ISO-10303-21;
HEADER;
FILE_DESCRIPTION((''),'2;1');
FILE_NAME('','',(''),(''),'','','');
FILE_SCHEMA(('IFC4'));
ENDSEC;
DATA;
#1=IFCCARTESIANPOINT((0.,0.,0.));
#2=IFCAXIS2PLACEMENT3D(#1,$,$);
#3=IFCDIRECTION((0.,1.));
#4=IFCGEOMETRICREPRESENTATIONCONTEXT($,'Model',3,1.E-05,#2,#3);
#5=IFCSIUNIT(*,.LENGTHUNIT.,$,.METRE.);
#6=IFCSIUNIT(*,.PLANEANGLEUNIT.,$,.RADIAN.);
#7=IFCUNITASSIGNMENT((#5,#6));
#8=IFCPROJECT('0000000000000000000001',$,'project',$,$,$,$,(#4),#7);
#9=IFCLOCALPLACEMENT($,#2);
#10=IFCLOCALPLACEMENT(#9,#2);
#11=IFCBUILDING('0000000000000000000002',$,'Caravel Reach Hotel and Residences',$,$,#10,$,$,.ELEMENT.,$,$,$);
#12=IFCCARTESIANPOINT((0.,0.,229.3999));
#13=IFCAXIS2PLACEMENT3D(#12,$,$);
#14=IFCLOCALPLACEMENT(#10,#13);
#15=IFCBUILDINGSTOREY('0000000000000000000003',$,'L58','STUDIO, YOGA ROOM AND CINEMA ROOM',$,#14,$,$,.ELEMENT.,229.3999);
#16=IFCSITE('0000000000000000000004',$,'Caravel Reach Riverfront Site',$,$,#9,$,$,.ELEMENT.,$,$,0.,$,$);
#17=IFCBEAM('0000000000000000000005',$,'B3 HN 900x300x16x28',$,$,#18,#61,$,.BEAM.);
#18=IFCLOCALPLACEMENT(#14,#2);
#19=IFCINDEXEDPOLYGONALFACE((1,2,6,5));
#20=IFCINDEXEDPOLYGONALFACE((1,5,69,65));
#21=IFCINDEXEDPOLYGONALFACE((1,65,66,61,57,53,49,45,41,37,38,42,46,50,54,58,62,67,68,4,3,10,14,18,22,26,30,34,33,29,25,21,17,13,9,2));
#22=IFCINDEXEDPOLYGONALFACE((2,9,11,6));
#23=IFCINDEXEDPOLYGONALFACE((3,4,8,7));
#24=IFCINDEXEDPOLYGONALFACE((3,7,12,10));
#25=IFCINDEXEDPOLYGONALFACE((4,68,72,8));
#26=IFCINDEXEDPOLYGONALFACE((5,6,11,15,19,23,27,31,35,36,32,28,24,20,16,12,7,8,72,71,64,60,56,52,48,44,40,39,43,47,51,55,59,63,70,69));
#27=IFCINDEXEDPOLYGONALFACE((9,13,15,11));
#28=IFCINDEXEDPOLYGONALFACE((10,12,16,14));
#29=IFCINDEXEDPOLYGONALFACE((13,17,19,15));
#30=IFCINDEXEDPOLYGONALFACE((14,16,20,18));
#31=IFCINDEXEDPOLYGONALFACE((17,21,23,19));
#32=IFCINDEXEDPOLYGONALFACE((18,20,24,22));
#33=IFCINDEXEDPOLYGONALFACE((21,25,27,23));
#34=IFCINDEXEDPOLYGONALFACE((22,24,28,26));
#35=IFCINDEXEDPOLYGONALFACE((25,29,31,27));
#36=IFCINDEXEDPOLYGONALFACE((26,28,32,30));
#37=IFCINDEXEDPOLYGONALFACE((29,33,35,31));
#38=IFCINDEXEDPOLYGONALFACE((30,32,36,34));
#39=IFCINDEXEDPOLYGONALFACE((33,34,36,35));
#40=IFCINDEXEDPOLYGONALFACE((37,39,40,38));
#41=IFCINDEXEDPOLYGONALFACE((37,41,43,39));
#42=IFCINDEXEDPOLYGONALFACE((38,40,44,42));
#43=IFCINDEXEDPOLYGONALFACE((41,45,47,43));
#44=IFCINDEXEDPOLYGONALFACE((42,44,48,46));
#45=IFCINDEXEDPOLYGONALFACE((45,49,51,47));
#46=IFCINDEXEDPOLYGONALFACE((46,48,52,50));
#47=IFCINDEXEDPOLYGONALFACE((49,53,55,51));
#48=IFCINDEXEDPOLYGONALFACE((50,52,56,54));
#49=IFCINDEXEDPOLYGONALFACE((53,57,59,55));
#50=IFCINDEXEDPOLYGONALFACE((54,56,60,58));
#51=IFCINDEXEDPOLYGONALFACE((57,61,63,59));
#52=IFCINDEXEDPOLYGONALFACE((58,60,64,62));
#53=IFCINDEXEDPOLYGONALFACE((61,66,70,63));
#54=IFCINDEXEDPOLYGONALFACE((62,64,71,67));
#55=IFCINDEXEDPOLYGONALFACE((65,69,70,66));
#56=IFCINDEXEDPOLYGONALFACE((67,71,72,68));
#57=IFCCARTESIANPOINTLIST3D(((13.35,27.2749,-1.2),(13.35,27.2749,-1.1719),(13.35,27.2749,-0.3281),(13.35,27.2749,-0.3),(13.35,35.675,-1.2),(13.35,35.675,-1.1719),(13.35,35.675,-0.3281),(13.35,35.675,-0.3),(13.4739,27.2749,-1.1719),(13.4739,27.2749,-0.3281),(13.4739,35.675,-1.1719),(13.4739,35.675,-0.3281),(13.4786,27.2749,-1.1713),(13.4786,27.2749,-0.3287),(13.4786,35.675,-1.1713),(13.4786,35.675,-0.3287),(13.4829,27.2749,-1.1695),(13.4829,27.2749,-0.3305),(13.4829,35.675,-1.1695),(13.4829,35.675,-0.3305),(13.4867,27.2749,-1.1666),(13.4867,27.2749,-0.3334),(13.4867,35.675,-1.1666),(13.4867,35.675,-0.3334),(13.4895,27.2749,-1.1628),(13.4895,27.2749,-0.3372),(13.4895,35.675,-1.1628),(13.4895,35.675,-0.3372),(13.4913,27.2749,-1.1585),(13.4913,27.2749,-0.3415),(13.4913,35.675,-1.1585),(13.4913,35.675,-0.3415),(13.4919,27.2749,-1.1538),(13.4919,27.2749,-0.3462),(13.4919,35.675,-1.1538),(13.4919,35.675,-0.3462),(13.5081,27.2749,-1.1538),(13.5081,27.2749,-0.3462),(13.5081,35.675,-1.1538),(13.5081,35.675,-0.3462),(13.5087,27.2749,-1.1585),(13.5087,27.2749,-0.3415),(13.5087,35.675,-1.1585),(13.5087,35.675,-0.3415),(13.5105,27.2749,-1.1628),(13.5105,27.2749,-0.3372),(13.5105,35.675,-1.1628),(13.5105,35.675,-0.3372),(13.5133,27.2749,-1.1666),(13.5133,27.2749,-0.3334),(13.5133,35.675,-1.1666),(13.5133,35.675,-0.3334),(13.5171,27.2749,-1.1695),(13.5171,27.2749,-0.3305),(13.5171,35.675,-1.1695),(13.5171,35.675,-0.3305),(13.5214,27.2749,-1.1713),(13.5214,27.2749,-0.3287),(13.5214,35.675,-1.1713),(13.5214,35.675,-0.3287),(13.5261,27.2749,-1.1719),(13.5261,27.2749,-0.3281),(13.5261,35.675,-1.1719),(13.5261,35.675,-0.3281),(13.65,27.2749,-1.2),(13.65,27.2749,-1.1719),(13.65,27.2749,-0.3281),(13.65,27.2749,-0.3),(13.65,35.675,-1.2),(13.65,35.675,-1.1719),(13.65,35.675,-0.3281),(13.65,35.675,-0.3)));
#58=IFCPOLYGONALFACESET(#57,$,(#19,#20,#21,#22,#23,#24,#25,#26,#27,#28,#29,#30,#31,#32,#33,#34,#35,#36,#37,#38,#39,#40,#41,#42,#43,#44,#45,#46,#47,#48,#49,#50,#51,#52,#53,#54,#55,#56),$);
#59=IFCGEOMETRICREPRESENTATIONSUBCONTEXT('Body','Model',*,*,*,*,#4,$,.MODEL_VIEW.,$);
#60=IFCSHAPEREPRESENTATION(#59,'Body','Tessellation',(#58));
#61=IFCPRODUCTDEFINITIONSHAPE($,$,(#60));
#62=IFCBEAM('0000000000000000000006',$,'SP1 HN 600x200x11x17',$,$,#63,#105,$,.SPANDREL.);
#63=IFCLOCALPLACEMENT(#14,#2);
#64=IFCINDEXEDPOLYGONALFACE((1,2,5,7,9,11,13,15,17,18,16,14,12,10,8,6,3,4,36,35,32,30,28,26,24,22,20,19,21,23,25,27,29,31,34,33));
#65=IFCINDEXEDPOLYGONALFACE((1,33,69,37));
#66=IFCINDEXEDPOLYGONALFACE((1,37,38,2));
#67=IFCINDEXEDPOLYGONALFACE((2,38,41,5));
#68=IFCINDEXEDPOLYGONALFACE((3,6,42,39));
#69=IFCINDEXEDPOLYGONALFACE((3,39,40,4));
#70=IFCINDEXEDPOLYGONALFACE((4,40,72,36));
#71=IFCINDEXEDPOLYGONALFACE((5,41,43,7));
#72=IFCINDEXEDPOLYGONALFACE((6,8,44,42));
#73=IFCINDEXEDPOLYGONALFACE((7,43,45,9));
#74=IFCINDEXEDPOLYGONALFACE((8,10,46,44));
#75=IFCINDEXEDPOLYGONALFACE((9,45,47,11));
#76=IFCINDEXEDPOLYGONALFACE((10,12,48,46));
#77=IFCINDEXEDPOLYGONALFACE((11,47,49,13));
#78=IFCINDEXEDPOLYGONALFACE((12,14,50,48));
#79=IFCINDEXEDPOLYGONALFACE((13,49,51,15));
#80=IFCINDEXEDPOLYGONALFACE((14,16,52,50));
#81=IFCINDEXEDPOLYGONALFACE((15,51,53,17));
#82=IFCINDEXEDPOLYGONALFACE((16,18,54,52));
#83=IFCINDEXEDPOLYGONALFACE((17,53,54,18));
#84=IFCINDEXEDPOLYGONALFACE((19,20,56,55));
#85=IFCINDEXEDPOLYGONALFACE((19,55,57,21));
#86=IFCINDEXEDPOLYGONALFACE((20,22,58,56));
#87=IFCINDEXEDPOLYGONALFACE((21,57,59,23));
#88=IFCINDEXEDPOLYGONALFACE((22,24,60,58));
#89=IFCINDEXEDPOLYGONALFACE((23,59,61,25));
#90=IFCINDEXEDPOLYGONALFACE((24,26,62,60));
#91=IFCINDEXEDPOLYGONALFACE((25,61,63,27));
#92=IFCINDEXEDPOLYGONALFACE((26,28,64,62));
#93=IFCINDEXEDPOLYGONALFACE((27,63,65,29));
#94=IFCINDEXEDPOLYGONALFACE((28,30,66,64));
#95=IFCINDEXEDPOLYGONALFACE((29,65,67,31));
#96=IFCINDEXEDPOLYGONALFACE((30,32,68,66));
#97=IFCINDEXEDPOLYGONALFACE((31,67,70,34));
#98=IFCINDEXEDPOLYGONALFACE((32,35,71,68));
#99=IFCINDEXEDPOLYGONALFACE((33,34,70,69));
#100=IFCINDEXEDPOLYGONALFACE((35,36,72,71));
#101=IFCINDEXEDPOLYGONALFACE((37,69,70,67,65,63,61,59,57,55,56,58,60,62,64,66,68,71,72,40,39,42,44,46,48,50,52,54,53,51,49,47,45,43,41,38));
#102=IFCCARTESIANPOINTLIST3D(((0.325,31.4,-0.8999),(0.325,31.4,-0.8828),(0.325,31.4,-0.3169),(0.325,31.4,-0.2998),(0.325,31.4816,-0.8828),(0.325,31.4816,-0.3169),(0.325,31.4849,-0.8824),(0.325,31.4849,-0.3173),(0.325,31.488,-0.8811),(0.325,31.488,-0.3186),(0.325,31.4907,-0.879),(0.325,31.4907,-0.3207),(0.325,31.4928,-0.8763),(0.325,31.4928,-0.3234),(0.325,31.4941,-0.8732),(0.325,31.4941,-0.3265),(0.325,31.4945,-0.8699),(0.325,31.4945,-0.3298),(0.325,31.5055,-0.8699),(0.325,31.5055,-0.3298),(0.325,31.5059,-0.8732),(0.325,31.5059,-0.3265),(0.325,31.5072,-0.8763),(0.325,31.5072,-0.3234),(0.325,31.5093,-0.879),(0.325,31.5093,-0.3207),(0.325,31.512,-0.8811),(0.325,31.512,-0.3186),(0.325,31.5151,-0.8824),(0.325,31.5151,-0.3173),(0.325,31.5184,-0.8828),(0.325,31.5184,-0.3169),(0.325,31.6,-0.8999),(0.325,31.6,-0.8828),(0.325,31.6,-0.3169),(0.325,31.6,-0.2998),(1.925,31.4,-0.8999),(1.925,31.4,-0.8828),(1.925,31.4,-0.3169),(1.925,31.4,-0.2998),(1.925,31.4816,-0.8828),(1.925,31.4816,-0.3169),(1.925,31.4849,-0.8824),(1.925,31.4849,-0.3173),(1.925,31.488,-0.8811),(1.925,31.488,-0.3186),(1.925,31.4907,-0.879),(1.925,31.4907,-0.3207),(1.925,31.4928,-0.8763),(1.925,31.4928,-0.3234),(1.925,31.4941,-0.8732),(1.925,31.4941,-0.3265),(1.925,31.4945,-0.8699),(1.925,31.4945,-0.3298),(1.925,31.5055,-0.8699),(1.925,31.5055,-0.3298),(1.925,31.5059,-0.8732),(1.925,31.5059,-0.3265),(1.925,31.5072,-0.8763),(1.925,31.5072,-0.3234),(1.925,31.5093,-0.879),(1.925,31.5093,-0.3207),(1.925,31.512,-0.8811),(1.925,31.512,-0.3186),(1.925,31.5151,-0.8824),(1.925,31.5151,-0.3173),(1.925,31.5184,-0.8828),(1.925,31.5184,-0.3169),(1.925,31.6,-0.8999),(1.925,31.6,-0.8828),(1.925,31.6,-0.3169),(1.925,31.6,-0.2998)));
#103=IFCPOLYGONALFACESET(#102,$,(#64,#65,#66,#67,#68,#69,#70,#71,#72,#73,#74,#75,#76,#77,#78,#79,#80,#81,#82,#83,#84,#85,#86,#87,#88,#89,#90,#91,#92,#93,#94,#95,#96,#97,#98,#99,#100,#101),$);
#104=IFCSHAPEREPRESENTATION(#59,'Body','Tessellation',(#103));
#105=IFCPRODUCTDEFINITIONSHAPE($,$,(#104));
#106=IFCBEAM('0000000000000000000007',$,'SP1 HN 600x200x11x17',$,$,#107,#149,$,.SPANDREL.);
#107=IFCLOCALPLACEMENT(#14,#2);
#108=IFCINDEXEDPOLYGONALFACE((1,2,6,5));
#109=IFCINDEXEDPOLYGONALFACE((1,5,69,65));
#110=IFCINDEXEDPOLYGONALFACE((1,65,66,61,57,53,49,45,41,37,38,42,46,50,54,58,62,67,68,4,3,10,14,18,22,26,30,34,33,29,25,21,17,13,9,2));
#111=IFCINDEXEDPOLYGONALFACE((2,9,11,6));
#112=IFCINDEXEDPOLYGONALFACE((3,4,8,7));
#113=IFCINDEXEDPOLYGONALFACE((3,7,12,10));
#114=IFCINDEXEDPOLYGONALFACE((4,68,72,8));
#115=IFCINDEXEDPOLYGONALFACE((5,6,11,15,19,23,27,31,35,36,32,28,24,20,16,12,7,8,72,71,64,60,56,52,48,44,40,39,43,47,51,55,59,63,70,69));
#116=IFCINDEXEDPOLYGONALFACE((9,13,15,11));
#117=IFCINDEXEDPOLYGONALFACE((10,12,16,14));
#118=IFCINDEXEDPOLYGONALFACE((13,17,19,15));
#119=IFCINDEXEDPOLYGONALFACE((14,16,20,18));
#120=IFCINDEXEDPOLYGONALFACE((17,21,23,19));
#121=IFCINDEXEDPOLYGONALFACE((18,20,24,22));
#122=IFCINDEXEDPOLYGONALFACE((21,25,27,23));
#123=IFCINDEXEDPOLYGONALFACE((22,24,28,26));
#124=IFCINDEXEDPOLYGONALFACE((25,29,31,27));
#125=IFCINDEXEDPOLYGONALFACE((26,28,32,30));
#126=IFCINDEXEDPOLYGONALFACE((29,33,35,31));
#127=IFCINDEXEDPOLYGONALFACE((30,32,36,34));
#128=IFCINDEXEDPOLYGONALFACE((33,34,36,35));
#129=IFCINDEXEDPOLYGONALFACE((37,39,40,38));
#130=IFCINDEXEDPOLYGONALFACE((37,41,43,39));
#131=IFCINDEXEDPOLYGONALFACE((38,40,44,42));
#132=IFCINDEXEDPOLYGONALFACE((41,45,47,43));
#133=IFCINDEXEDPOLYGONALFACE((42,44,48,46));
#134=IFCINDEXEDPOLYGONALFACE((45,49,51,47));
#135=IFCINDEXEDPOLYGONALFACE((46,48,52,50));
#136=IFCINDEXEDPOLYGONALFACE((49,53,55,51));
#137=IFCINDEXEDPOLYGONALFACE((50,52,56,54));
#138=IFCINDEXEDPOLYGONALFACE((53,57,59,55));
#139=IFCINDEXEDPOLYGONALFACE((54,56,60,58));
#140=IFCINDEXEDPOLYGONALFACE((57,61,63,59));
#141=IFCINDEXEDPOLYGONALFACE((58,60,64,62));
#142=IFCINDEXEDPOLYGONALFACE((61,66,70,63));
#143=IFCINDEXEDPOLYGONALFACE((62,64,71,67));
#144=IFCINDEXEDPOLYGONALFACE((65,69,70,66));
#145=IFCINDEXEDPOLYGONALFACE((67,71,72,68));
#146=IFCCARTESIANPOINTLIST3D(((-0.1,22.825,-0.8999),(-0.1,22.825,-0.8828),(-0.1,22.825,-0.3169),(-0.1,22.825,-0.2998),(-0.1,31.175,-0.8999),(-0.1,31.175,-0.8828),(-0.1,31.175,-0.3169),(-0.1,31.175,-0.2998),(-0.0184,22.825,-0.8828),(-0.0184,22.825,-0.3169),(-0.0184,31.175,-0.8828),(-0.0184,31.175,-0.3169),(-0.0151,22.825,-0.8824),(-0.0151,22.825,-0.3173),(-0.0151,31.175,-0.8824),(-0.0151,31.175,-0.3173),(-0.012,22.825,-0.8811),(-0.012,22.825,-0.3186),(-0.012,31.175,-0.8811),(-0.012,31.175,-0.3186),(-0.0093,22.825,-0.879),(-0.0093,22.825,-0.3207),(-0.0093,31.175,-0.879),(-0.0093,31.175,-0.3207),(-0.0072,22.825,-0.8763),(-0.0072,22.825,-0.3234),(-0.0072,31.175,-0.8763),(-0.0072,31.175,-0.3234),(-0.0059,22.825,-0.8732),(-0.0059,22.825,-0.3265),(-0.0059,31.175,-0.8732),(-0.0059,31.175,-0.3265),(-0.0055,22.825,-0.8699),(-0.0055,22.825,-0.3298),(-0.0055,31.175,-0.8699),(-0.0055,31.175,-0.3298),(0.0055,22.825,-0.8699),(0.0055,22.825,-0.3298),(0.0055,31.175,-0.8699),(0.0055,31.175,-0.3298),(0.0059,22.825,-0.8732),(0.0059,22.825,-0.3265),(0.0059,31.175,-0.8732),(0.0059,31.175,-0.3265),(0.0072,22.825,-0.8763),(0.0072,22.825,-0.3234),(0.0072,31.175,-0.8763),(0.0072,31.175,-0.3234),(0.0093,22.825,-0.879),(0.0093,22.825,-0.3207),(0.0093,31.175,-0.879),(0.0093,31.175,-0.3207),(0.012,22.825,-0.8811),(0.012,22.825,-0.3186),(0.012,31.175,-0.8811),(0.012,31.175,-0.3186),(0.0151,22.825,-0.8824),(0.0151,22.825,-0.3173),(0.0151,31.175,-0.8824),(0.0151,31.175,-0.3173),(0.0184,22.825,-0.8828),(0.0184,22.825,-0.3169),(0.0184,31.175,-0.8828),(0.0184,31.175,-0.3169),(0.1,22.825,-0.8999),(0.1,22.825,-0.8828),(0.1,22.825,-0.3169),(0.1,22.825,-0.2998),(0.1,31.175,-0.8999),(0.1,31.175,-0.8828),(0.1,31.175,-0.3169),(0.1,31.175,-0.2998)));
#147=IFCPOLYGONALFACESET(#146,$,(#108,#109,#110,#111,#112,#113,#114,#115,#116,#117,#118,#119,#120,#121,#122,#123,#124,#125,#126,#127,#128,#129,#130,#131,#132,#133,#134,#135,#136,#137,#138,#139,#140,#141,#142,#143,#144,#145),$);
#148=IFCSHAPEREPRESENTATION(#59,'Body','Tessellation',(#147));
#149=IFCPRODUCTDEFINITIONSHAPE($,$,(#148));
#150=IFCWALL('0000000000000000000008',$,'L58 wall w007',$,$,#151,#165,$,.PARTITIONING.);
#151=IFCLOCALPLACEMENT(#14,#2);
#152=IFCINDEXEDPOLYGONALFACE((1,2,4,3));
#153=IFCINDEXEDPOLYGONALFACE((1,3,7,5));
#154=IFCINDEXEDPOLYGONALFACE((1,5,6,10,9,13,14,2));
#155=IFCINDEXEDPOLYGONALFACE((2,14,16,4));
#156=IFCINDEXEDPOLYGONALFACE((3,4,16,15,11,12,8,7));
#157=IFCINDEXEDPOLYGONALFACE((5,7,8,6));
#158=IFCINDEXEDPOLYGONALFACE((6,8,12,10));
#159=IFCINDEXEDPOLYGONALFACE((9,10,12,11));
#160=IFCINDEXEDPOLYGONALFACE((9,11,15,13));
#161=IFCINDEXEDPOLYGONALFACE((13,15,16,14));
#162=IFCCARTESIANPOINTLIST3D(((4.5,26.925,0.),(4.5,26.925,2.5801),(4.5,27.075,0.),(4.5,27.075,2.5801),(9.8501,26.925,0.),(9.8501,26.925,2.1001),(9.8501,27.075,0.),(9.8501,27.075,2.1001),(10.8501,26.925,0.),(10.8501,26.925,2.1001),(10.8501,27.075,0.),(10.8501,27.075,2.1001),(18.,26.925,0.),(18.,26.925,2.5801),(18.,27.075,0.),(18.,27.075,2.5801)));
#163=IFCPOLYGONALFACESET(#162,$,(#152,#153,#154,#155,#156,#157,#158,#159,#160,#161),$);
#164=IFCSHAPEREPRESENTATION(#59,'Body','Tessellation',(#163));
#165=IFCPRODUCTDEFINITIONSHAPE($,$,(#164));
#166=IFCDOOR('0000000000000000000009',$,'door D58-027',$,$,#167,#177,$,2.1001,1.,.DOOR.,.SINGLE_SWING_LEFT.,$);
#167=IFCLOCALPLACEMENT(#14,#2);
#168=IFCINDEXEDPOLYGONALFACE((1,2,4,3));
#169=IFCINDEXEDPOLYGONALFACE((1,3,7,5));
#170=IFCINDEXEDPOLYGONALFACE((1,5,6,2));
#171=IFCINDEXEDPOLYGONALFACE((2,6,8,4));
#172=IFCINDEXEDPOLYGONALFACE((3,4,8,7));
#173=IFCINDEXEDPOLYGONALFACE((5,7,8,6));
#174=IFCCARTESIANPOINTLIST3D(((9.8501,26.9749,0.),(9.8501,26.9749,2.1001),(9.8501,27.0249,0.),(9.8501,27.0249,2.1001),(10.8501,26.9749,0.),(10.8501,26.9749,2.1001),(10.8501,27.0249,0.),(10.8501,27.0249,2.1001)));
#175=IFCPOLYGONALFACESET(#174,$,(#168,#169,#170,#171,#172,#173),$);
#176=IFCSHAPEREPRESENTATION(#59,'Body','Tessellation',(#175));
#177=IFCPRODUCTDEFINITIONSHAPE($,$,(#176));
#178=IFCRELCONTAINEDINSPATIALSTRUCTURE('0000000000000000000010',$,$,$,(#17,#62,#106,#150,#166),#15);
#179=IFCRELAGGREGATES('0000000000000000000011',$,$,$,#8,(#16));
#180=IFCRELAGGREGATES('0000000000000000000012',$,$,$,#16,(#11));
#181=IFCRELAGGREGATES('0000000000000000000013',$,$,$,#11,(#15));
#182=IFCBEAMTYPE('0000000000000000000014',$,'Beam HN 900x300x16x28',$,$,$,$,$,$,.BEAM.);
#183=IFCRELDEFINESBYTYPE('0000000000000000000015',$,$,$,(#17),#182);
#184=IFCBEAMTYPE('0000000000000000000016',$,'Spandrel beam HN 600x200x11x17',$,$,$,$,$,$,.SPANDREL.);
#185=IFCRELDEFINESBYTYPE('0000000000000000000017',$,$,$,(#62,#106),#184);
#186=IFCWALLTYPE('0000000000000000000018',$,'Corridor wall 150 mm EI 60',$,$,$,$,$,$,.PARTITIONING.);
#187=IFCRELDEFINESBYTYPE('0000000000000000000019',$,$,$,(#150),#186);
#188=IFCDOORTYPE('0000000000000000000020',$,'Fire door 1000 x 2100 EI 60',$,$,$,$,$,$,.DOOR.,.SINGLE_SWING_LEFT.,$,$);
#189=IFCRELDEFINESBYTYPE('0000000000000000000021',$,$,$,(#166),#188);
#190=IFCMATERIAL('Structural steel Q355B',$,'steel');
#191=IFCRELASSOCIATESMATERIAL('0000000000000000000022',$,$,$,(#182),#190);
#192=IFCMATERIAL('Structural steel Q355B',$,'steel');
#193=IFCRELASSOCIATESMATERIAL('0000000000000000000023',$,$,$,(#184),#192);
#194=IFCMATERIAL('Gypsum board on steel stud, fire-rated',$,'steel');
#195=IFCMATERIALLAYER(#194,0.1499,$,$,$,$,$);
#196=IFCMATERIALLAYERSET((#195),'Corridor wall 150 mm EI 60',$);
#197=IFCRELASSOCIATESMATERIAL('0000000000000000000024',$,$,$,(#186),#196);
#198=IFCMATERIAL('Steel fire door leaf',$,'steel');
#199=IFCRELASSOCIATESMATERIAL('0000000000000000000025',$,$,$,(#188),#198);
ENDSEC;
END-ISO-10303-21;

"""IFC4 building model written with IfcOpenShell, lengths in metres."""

from ifc_helpers import new_model, si_unit, direction, frame, frame_2d, origin, origin_2d, place, context, subcontext, project, spatial, rectangle, i_section, extrude, material, layer, layer_set, material_profile, profile_set, type_object, element, fill, save


model = new_model("IFC4")

# Units and contexts
model_context = context("Model", 3, precision=1e-05, world=origin(), true_north=direction((0.0, 1.0)))
body_context = subcontext(model_context, "Body", "Model", "MODEL_VIEW")
ifc_project = project(units=[si_unit("LENGTHUNIT", "METRE"), si_unit("PLANEANGLEUNIT", "RADIAN")], contexts=[model_context])

# Site, building, storey
site_placement = place(None, origin())
site = spatial("IfcSite", under=ifc_project, at=site_placement, Name="Caravel Reach Riverfront Site", CompositionType="ELEMENT", RefElevation=0.0)
building_placement = place(site_placement, origin())
building = spatial("IfcBuilding", under=site, at=building_placement, Name="Caravel Reach Hotel and Residences", CompositionType="ELEMENT")
storey_placement = place(building_placement, frame((0.0, 0.0, 229.3999)))
storey = spatial("IfcBuildingStorey", under=building, at=storey_placement, Name="L58", Description="STUDIO, YOGA ROOM AND CINEMA ROOM", CompositionType="ELEMENT", Elevation=229.3999)

# Beams
ifc_material_1 = material(Name="Structural steel Q355B", Category="steel")
ifc_material_profile_1 = material_profile(ifc_material_1, i_section(OverallWidth=0.3, OverallDepth=0.8999, WebThickness=0.0161, FlangeThickness=0.0281, FilletRadius=0.0181, at=origin_2d()), Name="HN 900x300x16x28")
ifc_profile_set_1 = profile_set([ifc_material_profile_1], Name="Structural steel Q355B")
beam_type_1 = type_object("IfcBeamType", Name="Beam HN 900x300x16x28", PredefinedType="BEAM", material=ifc_profile_set_1)
beam_1_placement = place(storey_placement, frame((13.5, 27.2749, -0.75), z_axis=(0.0, 1.0, 0.0), x_axis=(-1.0, 0.0, 0.0)))
element("IfcBeam", 1, at=beam_1_placement, inside=storey, type_object=beam_type_1, Name="B3 HN 900x300x16x28", PredefinedType="BEAM", context=body_context, shape_type="SweptSolid", body=[
    extrude(i_section(OverallWidth=0.3, OverallDepth=0.8999, WebThickness=0.0161, FlangeThickness=0.0281, FilletRadius=0.0181, at=origin_2d()), origin(), (0.0, 0.0, 1.0), 8.4001),
])
ifc_material_2 = material(Name="Structural steel Q355B", Category="steel")
ifc_material_profile_2 = material_profile(ifc_material_2, i_section(OverallWidth=0.2, OverallDepth=0.6001, WebThickness=0.011, FlangeThickness=0.0171, FilletRadius=0.0129, at=origin_2d()), Name="HN 600x200x11x17")
ifc_profile_set_2 = profile_set([ifc_material_profile_2], Name="Structural steel Q355B")
beam_type_2 = type_object("IfcBeamType", Name="Spandrel beam HN 600x200x11x17", PredefinedType="SPANDREL", material=ifc_profile_set_2)
beam_2_placement = place(storey_placement, frame((1.925, 31.5, -0.5999), z_axis=(-1.0, 0.0, 0.0), x_axis=(0.0, -1.0, 0.0)))
element("IfcBeam", 2, at=beam_2_placement, inside=storey, type_object=beam_type_2, Name="SP1 HN 600x200x11x17", PredefinedType="SPANDREL", context=body_context, shape_type="SweptSolid", body=[
    extrude(i_section(OverallWidth=0.2, OverallDepth=0.6001, WebThickness=0.011, FlangeThickness=0.0171, FilletRadius=0.0129, at=origin_2d()), origin(), (0.0, 0.0, 1.0), 1.6001),
])
beam_3_placement = place(storey_placement, frame((0.0, 31.175, -0.5999), z_axis=(0.0, -1.0, 0.0), x_axis=(1.0, 0.0, 0.0)))
element("IfcBeam", 3, at=beam_3_placement, inside=storey, type_object=beam_type_2, Name="SP1 HN 600x200x11x17", PredefinedType="SPANDREL", context=body_context, shape_type="SweptSolid", body=[
    extrude(i_section(OverallWidth=0.2, OverallDepth=0.6001, WebThickness=0.011, FlangeThickness=0.0171, FilletRadius=0.0129, at=origin_2d()), origin(), (0.0, 0.0, 1.0), 8.3501),
])

# Wall, opening, door
ifc_material_3 = material(Name="Gypsum board on steel stud, fire-rated", Category="steel")
ifc_layer_1 = layer(ifc_material_3, 0.1499)
ifc_layer_set_1 = layer_set([ifc_layer_1], Name="Corridor wall 150 mm EI 60")
wall_type_1 = type_object("IfcWallType", Name="Corridor wall 150 mm EI 60", PredefinedType="PARTITIONING", material=ifc_layer_set_1)
wall_1_placement = place(storey_placement, frame((4.5, 27.0, 0.0), z_axis=(0.0, 0.0, 1.0), x_axis=(1.0, 0.0, 0.0)))
wall_1 = element("IfcWall", 4, at=wall_1_placement, inside=storey, type_object=wall_type_1, Name="L58 wall w007", PredefinedType="PARTITIONING", context=body_context, shape_type="SweptSolid", body=[
    extrude(rectangle(XDim=13.5, YDim=0.1499, at=frame_2d((6.75, 0.0))), origin(), (0.0, 0.0, 1.0), 2.5801),
])
opening_1_placement = place(wall_1_placement, frame((5.3501, 0.0, 0.0)))
opening_1 = element("IfcOpeningElement", 5, at=opening_1_placement, cuts=wall_1, PredefinedType="OPENING", context=body_context, shape_type="SweptSolid", body=[
    extrude(rectangle(XDim=1.0, YDim=2.1001, at=frame_2d((0.5, 1.05))), frame((0.0, 0.085, 0.0), z_axis=(0.0, -1.0, 0.0), x_axis=(1.0, 0.0, 0.0)), (0.0, 0.0, 1.0), 0.1699),
])
ifc_material_4 = material(Name="Steel fire door leaf", Category="steel")
door_type = type_object("IfcDoorType", Name="Fire door 1000 x 2100 EI 60", OperationType="SINGLE_SWING_LEFT", PredefinedType="DOOR", material=ifc_material_4)
door_1_placement = place(opening_1_placement, origin())
door_1 = element("IfcDoor", 6, at=door_1_placement, inside=storey, type_object=door_type, Name="door D58-027", OperationType="SINGLE_SWING_LEFT", OverallHeight=2.1001, OverallWidth=1.0, PredefinedType="DOOR", context=body_context, shape_type="SweptSolid", body=[
    extrude(rectangle(XDim=1.0, YDim=2.1001, at=frame_2d((0.5, 1.05))), frame((0.0, 0.0249, 0.0), z_axis=(0.0, -1.0, 0.0), x_axis=(1.0, 0.0, 0.0)), (0.0, 0.0, 1.0), 0.05),
])
fill(opening_1, door_1)

save(model, "model.ifc")
